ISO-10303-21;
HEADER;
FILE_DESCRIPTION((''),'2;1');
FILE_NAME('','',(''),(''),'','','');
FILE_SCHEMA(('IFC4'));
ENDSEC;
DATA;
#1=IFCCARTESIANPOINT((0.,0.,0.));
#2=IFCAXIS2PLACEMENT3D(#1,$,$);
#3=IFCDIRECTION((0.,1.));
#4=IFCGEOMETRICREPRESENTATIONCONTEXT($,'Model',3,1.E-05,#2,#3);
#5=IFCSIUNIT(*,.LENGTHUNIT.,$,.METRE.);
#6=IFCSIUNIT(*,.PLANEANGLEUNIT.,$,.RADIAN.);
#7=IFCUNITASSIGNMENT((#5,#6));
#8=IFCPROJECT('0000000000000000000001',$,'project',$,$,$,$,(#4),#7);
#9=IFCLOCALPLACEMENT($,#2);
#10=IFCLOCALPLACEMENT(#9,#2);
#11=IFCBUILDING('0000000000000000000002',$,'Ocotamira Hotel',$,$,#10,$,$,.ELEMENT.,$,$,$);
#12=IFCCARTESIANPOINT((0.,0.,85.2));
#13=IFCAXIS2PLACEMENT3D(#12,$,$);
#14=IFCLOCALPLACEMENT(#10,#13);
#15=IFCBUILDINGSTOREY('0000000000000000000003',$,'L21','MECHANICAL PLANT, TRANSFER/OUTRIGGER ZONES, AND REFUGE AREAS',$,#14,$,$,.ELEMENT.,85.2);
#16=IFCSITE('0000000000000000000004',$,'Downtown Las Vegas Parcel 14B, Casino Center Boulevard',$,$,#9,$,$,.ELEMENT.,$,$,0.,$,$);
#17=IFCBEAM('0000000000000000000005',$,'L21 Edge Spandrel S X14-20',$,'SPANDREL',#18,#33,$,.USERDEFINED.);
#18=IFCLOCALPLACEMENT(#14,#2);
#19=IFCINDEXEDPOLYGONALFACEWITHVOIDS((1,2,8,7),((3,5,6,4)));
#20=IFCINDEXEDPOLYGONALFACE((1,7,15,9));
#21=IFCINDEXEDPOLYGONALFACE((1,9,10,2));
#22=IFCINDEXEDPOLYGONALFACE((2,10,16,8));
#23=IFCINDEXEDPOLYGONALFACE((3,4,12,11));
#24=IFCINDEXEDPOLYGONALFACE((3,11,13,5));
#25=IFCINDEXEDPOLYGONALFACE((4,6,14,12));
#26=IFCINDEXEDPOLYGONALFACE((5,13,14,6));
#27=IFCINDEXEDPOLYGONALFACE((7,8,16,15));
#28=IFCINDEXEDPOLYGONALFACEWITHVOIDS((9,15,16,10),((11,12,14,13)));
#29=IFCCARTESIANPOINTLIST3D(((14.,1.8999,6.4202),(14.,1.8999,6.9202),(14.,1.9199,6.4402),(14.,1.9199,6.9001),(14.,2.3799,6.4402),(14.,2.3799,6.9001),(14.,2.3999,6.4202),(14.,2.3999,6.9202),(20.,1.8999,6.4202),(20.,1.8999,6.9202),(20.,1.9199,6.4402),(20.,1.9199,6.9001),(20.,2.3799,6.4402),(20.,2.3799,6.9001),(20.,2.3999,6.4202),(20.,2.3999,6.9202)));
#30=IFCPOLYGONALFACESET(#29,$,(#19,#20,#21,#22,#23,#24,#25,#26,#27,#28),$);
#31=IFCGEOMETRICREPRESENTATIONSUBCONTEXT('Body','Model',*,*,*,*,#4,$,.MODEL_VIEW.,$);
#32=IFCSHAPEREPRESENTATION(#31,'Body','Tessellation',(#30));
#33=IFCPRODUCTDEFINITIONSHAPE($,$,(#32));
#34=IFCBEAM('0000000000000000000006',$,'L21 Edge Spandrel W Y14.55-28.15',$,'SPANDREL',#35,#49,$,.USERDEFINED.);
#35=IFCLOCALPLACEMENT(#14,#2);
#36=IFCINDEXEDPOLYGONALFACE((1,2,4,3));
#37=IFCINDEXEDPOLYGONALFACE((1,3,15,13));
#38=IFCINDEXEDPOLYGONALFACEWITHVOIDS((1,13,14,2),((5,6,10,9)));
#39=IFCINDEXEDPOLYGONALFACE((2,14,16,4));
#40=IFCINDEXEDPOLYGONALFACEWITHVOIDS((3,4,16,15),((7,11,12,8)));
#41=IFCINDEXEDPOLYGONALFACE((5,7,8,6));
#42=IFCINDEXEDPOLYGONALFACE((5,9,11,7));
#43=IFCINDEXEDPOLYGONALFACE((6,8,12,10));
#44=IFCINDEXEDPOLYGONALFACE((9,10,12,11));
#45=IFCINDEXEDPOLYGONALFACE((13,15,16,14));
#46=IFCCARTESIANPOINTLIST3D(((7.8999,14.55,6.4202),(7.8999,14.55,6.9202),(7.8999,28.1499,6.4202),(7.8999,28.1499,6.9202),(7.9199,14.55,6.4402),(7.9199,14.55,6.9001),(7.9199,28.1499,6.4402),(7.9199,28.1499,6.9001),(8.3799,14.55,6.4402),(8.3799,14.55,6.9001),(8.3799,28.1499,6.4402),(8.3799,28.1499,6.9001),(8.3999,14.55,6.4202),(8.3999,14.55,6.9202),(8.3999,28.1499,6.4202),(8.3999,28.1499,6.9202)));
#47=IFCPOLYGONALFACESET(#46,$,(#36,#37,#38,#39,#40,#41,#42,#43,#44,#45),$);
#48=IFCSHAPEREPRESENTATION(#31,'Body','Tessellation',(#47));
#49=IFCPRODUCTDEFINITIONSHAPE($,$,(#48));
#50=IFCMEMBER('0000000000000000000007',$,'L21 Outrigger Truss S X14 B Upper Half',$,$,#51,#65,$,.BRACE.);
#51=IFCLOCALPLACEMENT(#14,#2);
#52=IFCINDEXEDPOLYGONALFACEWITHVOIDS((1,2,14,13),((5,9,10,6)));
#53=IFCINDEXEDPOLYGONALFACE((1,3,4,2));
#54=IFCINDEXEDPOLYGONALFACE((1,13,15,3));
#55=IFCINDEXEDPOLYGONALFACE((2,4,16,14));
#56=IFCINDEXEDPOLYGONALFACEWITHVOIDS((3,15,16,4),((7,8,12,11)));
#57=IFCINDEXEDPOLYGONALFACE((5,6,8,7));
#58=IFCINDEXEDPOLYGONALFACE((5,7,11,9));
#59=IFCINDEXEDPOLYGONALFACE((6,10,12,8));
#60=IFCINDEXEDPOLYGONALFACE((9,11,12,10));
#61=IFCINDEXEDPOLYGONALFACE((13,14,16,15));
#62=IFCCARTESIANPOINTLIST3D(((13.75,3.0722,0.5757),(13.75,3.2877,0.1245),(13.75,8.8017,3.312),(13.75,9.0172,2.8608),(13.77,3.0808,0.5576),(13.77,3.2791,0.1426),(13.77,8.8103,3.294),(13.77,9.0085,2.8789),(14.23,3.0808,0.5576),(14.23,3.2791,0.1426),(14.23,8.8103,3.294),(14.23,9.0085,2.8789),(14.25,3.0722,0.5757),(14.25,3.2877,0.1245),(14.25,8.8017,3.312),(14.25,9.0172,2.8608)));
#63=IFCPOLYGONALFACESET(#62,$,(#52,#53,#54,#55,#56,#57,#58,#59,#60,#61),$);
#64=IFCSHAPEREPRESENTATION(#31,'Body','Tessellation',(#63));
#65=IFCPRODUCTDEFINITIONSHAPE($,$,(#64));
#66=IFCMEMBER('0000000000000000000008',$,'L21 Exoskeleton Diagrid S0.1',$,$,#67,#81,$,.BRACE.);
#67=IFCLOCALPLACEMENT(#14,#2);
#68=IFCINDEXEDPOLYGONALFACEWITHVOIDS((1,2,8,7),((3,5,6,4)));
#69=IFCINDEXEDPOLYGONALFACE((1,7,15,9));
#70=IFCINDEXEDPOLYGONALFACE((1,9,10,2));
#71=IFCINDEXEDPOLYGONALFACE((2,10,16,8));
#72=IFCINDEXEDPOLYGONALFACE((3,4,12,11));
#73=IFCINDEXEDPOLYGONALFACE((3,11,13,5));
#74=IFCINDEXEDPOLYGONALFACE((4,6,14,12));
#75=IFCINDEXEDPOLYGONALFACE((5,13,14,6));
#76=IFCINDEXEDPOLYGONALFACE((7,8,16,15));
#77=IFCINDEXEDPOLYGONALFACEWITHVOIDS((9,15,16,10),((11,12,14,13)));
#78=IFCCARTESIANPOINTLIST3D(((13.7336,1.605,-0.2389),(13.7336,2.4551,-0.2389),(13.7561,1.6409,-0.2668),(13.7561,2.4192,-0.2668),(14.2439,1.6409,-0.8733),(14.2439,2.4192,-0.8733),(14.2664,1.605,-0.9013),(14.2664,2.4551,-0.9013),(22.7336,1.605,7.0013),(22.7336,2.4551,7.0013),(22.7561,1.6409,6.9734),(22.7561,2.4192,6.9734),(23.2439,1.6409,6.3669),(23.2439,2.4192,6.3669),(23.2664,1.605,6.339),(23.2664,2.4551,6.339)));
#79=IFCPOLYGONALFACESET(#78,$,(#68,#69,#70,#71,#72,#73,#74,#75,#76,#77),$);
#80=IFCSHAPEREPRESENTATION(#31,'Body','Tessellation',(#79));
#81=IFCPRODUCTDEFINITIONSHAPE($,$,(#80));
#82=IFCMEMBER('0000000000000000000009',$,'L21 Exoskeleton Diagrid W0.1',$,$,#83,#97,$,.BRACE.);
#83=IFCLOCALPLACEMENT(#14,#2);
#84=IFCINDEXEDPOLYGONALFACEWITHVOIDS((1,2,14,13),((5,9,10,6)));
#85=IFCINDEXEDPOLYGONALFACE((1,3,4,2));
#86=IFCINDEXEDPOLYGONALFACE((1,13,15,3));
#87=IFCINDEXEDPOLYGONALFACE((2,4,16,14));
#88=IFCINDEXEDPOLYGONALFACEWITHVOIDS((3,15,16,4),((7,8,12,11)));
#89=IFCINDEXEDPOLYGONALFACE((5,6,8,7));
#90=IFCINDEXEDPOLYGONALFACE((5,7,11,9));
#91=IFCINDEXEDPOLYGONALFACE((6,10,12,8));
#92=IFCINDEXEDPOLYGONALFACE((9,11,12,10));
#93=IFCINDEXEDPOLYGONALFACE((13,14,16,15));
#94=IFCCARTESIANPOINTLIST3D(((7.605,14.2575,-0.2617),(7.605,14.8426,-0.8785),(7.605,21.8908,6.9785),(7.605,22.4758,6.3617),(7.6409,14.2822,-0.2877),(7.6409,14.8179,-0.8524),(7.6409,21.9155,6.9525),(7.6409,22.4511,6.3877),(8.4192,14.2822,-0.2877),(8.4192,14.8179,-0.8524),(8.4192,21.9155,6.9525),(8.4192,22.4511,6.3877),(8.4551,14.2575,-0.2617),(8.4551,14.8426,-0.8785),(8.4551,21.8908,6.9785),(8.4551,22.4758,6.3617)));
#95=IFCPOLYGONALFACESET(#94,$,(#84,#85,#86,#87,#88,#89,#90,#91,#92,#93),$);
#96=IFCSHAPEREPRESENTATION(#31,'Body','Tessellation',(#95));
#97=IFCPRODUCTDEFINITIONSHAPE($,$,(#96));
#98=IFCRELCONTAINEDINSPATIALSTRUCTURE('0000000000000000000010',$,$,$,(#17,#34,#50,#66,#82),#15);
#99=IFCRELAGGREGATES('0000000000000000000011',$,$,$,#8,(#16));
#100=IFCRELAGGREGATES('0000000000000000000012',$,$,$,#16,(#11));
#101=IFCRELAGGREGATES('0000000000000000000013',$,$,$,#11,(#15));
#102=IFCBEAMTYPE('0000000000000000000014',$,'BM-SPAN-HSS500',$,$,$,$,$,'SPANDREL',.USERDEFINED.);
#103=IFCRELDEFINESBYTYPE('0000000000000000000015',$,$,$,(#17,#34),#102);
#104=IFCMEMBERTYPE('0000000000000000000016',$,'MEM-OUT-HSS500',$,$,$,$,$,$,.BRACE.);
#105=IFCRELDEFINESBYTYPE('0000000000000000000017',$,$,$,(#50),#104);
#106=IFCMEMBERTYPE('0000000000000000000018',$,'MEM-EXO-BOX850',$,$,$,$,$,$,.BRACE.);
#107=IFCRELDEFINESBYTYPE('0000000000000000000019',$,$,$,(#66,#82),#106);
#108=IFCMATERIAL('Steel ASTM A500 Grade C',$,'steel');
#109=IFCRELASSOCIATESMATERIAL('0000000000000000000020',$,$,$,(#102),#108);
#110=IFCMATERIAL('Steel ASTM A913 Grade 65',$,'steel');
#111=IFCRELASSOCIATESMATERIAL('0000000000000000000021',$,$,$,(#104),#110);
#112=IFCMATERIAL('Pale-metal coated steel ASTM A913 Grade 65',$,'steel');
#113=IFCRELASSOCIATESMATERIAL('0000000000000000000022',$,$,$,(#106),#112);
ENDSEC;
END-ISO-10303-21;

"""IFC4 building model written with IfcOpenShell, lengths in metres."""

from ifc_helpers import new_model, si_unit, direction, frame, origin, origin_2d, place, context, subcontext, project, spatial, hollow_rectangle, extrude, source, transform, mapped, material, material_profile, profile_set, type_object, element, save


model = new_model("IFC4")

# Units and contexts
model_context = context("Model", 3, precision=1e-05, world=origin(), true_north=direction((0.0, 1.0)))
body_context = subcontext(model_context, "Body", "Model", "MODEL_VIEW")
ifc_project = project(units=[si_unit("LENGTHUNIT", "METRE"), si_unit("PLANEANGLEUNIT", "RADIAN")], contexts=[model_context])

# Site, building, storey
site_placement = place(None, origin())
site = spatial("IfcSite", under=ifc_project, at=site_placement, Name="Downtown Las Vegas Parcel 14B, Casino Center Boulevard", CompositionType="ELEMENT", RefElevation=0.0)
building_placement = place(site_placement, origin())
building = spatial("IfcBuilding", under=site, at=building_placement, Name="Ocotamira Hotel", CompositionType="ELEMENT")
storey_placement = place(building_placement, frame((0.0, 0.0, 85.2)))
storey = spatial("IfcBuildingStorey", under=building, at=storey_placement, Name="L21", Description="MECHANICAL PLANT, TRANSFER/OUTRIGGER ZONES, AND REFUGE AREAS", CompositionType="ELEMENT", Elevation=85.2)

# Shared definitions
ifc_material_1 = material(Name="Steel ASTM A913 Grade 65", Category="steel")

# Beams
ifc_material_2 = material(Name="Steel ASTM A500 Grade C", Category="steel")
ifc_material_profile_1 = material_profile(ifc_material_2, hollow_rectangle(XDim=0.5, YDim=0.5, WallThickness=0.02, at=origin_2d()), Name="HSS500X500X20")
ifc_profile_set_1 = profile_set([ifc_material_profile_1], Name="Steel ASTM A500 Grade C")
beam_type_1 = type_object("IfcBeamType", Name="BM-SPAN-HSS500", ElementType="SPANDREL", PredefinedType="USERDEFINED", material=ifc_profile_set_1)
shared_shape_1 = source(origin(), body_context, "Body", "SweptSolid", [
    extrude(hollow_rectangle(XDim=0.5, YDim=0.5, WallThickness=0.02, at=origin_2d()), origin(), (0.0, 0.0, 1.0), 6.0),
])
beam_1_placement = place(storey_placement, frame((14.0, 2.1499, 6.6702), z_axis=(1.0, 0.0, 0.0), x_axis=(0.0, 1.0, 0.0)))
element("IfcBeam", 1, at=beam_1_placement, inside=storey, type_object=beam_type_1, Name="L21 Edge Spandrel S X14-20", ObjectType="SPANDREL", PredefinedType="USERDEFINED", context=body_context, shape_type="MappedRepresentation", body=[
    mapped(shared_shape_1, transform((0.0, 0.0, 0.0), scale=1.0)),
])
shared_shape_2 = source(origin(), body_context, "Body", "SweptSolid", [
    extrude(hollow_rectangle(XDim=0.5, YDim=0.5, WallThickness=0.02, at=origin_2d()), origin(), (0.0, 0.0, 1.0), 13.5999),
])
beam_2_placement = place(storey_placement, frame((8.1499, 14.55, 6.6702), z_axis=(0.0, 1.0, 0.0), x_axis=(-1.0, 0.0, 0.0)))
element("IfcBeam", 2, at=beam_2_placement, inside=storey, type_object=beam_type_1, Name="L21 Edge Spandrel W Y14.55-28.15", ObjectType="SPANDREL", PredefinedType="USERDEFINED", context=body_context, shape_type="MappedRepresentation", body=[
    mapped(shared_shape_2, transform((0.0, 0.0, 0.0), scale=1.0)),
])

# Members
ifc_material_profile_2 = material_profile(ifc_material_1, hollow_rectangle(XDim=0.5, YDim=0.5, WallThickness=0.02, at=origin_2d()), Name="HSS500X500X20")
ifc_profile_set_2 = profile_set([ifc_material_profile_2], Name="Steel ASTM A913 Grade 65")
member_type_1 = type_object("IfcMemberType", Name="MEM-OUT-HSS500", PredefinedType="BRACE", material=ifc_profile_set_2)
shared_shape_3 = source(origin(), body_context, "Body", "SweptSolid", [
    extrude(hollow_rectangle(XDim=0.5, YDim=0.5, WallThickness=0.02, at=origin_2d()), origin(), (0.0, 0.0, 1.0), 6.3494),
])
member_1_placement = place(storey_placement, frame((14.0, 8.9094, 3.0864), z_axis=(0.0, -0.902371, -0.43096), x_axis=(1.0, 0.0, 0.0)))
element("IfcMember", 3, at=member_1_placement, inside=storey, type_object=member_type_1, Name="L21 Outrigger Truss S X14 B Upper Half", PredefinedType="BRACE", context=body_context, shape_type="MappedRepresentation", body=[
    mapped(shared_shape_3, transform((0.0, 0.0, 0.0), scale=1.0)),
])
ifc_material_3 = material(Name="Pale-metal coated steel ASTM A913 Grade 65", Category="steel")
ifc_material_profile_3 = material_profile(ifc_material_3, hollow_rectangle(XDim=0.8501, YDim=0.8501, WallThickness=0.0359, at=origin_2d()), Name="BOX850X850X36")
ifc_profile_set_3 = profile_set([ifc_material_profile_3], Name="Pale-metal coated steel ASTM A913 Grade 65")
member_type_2 = type_object("IfcMemberType", Name="MEM-EXO-BOX850", PredefinedType="BRACE", material=ifc_profile_set_3)
shared_shape_4 = source(origin(), body_context, "Body", "SweptSolid", [
    extrude(hollow_rectangle(XDim=0.8501, YDim=0.8501, WallThickness=0.0359, at=origin_2d()), origin(), (0.0, 0.0, 1.0), 11.5508),
])
member_2_placement = place(storey_placement, frame((14.0, 2.03, -0.5701), z_axis=(0.779167, 0.0, 0.626817), x_axis=(0.0, 1.0, 0.0)))
element("IfcMember", 4, at=member_2_placement, inside=storey, type_object=member_type_2, Name="L21 Exoskeleton Diagrid S0.1", PredefinedType="BRACE", context=body_context, shape_type="MappedRepresentation", body=[
    mapped(shared_shape_4, transform((0.0, 0.0, 0.0), scale=1.0)),
])
shared_shape_5 = source(origin(), body_context, "Body", "SweptSolid", [
    extrude(hollow_rectangle(XDim=0.8501, YDim=0.8501, WallThickness=0.0359, at=origin_2d()), origin(), (0.0, 0.0, 1.0), 10.5208),
])
member_3_placement = place(storey_placement, frame((8.03, 14.55, -0.5701), z_axis=(0.0, 0.72554, 0.68818), x_axis=(-1.0, 0.0, 0.0)))
element("IfcMember", 5, at=member_3_placement, inside=storey, type_object=member_type_2, Name="L21 Exoskeleton Diagrid W0.1", PredefinedType="BRACE", context=body_context, shape_type="MappedRepresentation", body=[
    mapped(shared_shape_5, transform((0.0, 0.0, 0.0), scale=1.0)),
])

save(model, "model.ifc")
